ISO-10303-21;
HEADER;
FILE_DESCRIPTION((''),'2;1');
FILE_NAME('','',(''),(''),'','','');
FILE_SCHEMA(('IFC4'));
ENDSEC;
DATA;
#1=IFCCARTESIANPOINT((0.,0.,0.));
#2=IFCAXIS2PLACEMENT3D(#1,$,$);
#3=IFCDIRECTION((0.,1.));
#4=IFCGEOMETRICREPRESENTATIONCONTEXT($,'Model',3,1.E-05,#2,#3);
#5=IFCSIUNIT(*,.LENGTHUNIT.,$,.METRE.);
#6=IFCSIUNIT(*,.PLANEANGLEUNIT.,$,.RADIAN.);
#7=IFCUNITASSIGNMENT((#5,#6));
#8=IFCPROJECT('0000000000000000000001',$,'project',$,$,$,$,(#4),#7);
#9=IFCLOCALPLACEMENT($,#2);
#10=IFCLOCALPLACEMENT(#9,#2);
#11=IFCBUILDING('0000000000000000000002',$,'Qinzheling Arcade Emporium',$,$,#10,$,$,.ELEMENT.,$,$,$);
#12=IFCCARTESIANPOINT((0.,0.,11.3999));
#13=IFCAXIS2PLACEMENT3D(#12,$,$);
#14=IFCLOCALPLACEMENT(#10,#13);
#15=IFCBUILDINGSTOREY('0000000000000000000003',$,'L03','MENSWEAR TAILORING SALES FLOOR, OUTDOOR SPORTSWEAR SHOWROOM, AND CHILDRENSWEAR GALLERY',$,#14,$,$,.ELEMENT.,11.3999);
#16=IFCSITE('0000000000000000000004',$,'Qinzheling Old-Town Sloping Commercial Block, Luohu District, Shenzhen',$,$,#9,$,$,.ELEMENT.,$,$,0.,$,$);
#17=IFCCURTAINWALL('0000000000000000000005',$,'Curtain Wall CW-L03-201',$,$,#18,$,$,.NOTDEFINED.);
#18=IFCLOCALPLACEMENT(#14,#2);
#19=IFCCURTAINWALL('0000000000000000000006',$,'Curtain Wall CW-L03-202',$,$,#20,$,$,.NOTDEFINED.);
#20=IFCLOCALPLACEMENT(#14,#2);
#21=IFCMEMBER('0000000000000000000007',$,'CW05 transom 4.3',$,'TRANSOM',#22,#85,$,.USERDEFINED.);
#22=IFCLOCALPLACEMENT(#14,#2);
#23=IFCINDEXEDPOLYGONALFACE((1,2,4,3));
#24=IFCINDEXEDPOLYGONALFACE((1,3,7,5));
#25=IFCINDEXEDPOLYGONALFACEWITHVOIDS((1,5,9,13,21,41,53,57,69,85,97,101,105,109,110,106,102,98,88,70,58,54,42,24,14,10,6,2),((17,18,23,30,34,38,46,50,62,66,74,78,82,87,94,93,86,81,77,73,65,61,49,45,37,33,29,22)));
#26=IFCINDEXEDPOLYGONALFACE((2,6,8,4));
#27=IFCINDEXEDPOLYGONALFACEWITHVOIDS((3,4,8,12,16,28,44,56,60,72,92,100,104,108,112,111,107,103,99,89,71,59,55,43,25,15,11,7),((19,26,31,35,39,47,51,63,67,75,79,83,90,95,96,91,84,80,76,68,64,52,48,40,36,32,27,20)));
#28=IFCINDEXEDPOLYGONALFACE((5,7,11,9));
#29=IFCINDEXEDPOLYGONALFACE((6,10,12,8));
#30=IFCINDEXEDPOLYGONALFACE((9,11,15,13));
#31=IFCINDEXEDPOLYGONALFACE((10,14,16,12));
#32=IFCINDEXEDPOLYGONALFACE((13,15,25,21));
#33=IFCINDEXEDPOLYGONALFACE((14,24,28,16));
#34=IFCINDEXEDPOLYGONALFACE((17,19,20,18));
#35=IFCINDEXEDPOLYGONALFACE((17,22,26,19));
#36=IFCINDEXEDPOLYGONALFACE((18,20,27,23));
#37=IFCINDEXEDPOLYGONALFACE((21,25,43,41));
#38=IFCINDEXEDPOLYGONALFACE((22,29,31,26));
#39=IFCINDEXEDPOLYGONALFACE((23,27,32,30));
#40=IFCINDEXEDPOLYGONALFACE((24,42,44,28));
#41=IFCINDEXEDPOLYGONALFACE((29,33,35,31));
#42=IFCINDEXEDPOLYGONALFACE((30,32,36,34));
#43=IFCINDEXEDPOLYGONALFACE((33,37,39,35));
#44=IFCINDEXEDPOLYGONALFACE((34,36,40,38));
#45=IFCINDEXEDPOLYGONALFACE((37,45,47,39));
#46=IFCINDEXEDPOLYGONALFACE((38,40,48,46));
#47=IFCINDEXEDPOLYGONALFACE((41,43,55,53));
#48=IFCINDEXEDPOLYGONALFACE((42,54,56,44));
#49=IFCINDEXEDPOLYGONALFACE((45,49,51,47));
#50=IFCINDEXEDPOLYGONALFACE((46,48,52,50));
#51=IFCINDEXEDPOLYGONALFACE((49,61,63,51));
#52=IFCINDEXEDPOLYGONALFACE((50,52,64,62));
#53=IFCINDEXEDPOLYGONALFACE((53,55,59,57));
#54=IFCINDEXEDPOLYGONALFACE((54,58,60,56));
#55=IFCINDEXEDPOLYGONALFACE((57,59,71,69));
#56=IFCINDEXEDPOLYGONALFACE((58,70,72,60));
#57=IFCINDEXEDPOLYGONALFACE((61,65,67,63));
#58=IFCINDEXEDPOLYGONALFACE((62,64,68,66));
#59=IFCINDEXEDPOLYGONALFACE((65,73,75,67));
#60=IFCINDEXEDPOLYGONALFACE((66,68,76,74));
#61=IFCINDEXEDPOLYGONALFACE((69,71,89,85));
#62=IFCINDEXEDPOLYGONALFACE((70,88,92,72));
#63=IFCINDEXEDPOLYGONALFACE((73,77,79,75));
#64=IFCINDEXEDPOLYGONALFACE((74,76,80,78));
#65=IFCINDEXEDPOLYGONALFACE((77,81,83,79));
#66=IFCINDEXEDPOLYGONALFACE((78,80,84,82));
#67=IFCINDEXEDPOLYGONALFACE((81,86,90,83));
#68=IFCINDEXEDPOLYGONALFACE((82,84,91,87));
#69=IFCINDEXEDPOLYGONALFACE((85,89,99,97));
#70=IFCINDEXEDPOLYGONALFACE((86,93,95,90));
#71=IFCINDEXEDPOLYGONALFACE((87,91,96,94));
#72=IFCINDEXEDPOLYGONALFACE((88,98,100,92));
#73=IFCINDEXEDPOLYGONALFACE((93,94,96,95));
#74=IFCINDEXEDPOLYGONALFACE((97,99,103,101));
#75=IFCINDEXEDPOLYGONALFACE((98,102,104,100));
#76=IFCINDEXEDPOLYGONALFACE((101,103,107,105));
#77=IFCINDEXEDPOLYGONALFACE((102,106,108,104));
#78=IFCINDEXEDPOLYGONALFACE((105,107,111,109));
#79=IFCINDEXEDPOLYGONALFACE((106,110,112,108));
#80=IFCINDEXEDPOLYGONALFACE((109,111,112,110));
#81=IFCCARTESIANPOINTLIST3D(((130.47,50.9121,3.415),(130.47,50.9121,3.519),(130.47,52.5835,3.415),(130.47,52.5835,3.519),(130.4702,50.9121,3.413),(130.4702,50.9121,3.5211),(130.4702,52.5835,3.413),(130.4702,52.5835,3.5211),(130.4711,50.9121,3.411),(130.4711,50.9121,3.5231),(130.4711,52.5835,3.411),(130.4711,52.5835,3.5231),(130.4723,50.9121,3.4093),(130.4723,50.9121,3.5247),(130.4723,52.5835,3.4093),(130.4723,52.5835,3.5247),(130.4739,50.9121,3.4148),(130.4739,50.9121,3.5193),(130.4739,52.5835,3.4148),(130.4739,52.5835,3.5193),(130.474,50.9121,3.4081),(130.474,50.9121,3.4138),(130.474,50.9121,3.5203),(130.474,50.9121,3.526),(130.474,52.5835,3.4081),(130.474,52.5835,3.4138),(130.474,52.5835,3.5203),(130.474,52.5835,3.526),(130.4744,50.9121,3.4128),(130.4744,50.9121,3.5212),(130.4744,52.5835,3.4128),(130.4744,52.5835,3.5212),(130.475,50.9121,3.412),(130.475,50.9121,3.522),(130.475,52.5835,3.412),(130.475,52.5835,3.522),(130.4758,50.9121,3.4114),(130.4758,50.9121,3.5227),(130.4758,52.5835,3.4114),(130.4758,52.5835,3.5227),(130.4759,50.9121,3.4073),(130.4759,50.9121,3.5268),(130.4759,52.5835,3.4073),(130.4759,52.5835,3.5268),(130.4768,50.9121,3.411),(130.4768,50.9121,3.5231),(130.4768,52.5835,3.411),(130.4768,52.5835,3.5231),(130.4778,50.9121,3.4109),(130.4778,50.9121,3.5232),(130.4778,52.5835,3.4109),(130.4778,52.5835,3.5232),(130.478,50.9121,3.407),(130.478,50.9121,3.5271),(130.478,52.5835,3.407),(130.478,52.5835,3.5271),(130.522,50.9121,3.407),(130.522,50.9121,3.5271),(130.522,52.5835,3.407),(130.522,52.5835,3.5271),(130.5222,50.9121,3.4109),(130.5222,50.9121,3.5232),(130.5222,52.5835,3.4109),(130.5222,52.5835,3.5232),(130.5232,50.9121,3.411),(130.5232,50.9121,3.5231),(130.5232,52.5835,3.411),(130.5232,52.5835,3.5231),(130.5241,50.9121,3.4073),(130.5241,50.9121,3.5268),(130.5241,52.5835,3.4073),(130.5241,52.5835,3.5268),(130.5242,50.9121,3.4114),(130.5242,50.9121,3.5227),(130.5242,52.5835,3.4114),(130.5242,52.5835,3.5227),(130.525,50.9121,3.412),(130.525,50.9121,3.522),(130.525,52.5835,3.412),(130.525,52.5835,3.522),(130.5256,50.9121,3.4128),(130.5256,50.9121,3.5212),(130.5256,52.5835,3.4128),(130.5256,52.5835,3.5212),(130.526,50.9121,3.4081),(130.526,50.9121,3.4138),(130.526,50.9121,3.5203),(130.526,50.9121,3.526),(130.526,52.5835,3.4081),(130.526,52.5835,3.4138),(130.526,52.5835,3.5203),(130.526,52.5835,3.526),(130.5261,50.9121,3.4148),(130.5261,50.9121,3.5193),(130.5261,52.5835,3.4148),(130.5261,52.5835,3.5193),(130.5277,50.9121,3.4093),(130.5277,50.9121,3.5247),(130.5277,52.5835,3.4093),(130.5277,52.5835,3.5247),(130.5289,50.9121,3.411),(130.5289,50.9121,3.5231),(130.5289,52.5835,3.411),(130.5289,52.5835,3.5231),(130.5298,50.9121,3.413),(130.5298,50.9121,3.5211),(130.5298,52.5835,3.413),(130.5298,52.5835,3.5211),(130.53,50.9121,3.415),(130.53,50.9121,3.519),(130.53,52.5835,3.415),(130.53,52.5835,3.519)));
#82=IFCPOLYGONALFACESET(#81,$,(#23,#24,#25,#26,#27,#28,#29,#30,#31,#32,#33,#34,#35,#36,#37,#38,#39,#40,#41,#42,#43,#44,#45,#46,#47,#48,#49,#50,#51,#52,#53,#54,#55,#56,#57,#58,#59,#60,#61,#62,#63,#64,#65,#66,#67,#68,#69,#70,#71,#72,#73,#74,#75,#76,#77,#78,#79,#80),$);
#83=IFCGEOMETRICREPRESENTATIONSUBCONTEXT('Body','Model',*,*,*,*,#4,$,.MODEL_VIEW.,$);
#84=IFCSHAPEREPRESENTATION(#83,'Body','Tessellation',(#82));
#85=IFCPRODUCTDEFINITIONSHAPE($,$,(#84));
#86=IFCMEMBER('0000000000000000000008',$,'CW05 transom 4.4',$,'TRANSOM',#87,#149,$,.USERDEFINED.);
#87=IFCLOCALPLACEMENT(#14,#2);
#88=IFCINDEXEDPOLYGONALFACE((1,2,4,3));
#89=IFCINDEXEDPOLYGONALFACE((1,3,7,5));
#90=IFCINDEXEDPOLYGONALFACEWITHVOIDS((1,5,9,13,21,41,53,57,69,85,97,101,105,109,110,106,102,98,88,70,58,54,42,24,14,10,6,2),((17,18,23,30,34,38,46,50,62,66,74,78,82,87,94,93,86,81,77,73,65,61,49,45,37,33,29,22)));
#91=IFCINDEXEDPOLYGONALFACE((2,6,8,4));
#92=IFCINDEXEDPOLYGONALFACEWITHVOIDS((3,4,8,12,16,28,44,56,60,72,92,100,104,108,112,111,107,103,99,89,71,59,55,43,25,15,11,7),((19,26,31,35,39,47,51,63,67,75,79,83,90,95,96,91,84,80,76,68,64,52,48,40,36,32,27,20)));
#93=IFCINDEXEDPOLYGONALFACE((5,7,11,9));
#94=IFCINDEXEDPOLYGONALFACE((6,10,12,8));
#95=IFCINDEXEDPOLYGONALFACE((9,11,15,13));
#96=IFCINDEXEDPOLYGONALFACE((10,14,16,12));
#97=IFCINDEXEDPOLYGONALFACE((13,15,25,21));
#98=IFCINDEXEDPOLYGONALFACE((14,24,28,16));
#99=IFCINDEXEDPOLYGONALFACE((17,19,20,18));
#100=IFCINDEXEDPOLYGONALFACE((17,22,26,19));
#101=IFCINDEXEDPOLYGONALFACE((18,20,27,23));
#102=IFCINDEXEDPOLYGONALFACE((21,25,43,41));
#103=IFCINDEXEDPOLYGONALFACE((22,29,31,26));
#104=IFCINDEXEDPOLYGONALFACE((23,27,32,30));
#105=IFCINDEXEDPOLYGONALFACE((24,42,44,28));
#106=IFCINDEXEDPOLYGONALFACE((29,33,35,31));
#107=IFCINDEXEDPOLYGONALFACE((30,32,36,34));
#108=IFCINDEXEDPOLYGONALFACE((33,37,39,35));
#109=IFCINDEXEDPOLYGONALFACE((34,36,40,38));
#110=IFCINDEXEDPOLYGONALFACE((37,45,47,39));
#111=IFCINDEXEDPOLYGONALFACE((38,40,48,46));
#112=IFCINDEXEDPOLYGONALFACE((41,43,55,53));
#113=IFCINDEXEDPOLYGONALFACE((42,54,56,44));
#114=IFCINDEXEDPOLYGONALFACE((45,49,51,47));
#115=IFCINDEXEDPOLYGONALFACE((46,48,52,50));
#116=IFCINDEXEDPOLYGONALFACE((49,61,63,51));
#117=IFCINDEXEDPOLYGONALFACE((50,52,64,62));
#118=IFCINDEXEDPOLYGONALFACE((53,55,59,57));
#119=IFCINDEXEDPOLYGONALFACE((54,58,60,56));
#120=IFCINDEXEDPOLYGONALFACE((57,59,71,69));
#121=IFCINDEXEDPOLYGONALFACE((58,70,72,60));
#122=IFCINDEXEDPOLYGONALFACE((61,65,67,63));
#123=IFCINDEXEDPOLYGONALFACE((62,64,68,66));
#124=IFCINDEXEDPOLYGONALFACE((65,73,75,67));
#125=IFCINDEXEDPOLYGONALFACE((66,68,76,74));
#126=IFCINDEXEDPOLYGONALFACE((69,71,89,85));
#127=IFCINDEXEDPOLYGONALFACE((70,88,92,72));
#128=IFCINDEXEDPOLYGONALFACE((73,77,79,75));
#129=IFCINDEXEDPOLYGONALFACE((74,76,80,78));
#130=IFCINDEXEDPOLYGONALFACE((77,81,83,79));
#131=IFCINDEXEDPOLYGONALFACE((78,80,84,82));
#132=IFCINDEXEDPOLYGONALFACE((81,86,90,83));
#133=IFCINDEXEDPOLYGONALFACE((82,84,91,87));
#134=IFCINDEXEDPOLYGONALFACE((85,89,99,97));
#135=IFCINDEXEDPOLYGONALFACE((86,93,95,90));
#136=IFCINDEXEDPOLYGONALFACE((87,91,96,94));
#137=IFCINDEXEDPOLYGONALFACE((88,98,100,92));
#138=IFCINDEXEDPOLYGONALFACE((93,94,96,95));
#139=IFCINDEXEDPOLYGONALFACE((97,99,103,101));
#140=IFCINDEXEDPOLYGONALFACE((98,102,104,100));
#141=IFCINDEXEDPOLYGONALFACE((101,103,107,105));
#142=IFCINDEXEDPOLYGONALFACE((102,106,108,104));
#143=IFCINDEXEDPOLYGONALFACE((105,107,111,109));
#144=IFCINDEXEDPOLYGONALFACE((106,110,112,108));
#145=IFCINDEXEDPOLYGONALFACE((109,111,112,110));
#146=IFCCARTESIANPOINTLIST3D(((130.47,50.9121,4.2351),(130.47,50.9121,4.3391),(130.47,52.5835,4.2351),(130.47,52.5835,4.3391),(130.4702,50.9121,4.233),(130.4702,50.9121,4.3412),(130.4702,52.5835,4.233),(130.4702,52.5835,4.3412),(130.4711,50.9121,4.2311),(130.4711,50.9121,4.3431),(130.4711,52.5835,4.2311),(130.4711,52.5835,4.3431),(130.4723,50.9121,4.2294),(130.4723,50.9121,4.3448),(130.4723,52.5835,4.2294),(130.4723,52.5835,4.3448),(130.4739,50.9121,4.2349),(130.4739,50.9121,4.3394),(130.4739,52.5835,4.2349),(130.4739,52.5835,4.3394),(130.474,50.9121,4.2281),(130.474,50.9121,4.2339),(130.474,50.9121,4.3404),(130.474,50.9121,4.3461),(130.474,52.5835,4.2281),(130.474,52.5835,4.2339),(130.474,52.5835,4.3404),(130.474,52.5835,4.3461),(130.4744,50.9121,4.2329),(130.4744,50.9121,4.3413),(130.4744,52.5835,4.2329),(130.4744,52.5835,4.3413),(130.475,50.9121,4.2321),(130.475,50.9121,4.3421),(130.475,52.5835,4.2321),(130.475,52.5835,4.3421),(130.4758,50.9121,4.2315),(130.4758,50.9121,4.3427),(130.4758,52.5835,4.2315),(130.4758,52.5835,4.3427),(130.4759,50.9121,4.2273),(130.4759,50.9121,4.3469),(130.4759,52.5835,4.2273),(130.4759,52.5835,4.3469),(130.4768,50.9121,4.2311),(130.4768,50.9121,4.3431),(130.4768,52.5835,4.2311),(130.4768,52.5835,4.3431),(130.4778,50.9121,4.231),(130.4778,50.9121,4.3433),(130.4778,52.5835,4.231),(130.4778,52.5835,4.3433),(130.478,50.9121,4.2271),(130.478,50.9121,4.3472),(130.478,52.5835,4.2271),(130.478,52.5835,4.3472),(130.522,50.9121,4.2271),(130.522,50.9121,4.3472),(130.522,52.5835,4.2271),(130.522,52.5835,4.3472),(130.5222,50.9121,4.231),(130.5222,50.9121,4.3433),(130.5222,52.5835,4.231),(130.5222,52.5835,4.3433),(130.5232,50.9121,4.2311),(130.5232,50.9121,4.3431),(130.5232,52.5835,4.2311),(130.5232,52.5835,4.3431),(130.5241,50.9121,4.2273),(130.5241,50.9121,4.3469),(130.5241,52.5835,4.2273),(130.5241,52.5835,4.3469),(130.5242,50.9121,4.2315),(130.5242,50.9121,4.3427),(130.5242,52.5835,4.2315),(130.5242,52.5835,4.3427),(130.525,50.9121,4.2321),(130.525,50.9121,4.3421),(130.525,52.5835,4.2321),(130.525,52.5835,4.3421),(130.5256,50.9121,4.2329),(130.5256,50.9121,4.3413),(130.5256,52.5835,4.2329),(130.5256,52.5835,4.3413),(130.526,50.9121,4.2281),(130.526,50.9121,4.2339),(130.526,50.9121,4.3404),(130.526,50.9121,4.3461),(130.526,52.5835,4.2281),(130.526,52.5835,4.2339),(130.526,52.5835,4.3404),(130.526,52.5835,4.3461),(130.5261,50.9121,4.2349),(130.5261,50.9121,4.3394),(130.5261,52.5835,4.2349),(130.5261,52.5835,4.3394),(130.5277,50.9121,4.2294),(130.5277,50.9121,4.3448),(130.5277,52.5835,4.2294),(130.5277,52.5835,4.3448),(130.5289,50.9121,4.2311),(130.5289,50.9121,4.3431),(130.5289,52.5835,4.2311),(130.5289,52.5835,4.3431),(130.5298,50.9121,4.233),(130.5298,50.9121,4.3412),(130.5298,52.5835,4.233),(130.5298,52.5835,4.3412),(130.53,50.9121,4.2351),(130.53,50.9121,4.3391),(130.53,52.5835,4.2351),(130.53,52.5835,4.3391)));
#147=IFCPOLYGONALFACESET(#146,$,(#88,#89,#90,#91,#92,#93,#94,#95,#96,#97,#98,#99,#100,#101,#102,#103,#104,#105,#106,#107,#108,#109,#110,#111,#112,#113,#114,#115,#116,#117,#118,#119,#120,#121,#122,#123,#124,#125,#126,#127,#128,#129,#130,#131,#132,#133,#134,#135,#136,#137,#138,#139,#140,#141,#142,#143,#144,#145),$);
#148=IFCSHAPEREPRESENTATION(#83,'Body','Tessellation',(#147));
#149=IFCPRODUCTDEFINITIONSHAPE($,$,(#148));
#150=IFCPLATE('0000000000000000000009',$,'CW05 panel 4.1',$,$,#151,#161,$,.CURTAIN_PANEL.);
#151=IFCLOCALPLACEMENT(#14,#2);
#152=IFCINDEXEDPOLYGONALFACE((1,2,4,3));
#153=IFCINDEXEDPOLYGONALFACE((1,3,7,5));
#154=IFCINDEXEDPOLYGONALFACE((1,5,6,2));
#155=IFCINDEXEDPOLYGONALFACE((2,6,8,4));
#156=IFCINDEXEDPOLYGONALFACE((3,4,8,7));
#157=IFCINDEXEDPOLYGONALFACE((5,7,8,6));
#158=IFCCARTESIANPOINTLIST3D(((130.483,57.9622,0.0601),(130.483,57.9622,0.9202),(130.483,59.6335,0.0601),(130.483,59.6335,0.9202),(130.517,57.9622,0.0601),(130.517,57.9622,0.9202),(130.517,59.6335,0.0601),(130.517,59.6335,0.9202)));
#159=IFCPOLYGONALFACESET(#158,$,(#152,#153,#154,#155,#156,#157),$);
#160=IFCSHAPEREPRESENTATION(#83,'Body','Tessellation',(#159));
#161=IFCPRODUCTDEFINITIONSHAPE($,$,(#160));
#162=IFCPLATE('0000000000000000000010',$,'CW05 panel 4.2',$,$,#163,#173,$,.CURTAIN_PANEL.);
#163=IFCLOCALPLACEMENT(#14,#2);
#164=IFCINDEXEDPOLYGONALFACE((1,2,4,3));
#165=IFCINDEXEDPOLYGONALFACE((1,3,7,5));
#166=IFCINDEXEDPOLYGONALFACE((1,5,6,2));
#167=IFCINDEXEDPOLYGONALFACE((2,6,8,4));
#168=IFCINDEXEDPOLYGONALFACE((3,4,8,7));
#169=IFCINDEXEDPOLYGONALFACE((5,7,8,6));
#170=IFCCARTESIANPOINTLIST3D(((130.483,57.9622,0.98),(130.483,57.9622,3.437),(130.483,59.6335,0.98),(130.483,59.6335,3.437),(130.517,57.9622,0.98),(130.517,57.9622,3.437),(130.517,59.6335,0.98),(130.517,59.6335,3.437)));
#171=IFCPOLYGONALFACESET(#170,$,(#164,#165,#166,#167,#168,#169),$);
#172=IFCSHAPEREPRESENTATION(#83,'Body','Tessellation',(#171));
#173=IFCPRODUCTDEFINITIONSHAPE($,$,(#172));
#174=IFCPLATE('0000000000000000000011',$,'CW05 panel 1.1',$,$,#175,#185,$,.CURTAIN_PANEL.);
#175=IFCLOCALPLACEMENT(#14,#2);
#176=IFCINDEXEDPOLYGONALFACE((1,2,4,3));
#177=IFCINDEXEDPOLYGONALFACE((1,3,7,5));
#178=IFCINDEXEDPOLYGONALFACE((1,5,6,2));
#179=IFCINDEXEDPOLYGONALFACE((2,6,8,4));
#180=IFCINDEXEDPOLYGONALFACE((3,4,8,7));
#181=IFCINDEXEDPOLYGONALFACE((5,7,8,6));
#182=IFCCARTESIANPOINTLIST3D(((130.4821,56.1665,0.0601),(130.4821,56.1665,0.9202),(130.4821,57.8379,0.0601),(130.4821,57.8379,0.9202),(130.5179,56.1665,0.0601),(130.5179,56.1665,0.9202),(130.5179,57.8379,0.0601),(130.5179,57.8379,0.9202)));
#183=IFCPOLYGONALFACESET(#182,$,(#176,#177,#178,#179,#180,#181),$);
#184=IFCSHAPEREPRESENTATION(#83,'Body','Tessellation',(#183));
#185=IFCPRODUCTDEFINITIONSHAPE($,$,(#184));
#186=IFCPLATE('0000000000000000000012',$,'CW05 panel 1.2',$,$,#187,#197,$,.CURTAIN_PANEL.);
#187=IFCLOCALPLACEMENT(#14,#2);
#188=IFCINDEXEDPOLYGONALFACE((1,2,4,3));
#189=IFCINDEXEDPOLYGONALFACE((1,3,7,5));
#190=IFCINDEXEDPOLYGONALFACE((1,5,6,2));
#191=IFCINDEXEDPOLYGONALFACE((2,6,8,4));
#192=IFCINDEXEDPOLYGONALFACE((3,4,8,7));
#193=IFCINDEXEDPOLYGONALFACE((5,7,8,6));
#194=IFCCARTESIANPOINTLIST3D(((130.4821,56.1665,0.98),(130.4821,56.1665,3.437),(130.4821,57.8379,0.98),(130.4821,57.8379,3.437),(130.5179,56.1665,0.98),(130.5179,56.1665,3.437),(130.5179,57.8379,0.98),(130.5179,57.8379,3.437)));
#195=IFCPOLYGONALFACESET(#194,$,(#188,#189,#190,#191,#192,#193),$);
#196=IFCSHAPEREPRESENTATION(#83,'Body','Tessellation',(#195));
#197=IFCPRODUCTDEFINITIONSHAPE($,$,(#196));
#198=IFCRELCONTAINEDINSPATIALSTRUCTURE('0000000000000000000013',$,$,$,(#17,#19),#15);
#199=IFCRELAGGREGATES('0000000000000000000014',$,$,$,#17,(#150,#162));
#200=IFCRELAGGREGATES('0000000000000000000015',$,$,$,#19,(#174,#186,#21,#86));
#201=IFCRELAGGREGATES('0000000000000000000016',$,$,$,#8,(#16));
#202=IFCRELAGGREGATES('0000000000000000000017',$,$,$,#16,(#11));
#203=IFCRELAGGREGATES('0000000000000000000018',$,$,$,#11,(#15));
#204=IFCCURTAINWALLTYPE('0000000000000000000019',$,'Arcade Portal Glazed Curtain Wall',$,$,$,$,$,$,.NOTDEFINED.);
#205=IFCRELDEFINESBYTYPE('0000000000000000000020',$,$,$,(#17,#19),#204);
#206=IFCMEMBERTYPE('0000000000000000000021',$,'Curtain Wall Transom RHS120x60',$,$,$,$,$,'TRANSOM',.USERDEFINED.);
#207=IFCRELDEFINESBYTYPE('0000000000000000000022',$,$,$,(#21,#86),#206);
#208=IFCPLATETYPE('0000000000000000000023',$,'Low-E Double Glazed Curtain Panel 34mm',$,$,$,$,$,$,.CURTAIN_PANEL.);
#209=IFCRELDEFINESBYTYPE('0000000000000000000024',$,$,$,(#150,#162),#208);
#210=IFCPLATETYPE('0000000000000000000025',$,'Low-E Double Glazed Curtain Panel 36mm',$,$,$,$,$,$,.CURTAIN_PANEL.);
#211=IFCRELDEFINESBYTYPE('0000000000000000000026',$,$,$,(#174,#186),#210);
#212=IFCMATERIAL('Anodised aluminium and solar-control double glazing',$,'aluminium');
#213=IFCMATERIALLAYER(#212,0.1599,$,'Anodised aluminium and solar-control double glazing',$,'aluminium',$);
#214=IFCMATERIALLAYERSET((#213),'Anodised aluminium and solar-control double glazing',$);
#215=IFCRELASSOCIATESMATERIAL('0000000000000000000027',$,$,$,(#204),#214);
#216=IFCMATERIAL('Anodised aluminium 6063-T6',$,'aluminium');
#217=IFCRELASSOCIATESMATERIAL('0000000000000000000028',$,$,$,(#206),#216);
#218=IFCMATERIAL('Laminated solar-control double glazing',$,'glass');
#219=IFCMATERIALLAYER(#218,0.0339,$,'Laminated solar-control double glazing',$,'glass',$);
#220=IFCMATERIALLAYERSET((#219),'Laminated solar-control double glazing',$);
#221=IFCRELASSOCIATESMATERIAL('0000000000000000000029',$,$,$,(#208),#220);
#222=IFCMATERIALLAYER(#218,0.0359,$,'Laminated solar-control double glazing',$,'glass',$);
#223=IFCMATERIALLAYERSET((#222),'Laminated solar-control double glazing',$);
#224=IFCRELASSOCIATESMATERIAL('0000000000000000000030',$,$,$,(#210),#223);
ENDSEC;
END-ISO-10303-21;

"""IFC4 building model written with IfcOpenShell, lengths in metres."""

from ifc_helpers import new_model, si_unit, direction, frame, origin, origin_2d, place, context, subcontext, project, spatial, rectangle, hollow_rectangle, extrude, material, layer, layer_set, material_profile, profile_set, type_object, element, aggregate, save


model = new_model("IFC4")

# Units and contexts
model_context = context("Model", 3, precision=1e-05, world=origin(), true_north=direction((0.0, 1.0)))
body_context = subcontext(model_context, "Body", "Model", "MODEL_VIEW")
ifc_project = project(units=[si_unit("LENGTHUNIT", "METRE"), si_unit("PLANEANGLEUNIT", "RADIAN")], contexts=[model_context])

# Site, building, storey
site_placement = place(None, origin())
site = spatial("IfcSite", under=ifc_project, at=site_placement, Name="Qinzheling Old-Town Sloping Commercial Block, Luohu District, Shenzhen", CompositionType="ELEMENT", RefElevation=0.0)
building_placement = place(site_placement, origin())
building = spatial("IfcBuilding", under=site, at=building_placement, Name="Qinzheling Arcade Emporium", CompositionType="ELEMENT")
storey_placement = place(building_placement, frame((0.0, 0.0, 11.3999)))
storey = spatial("IfcBuildingStorey", under=building, at=storey_placement, Name="L03", Description="MENSWEAR TAILORING SALES FLOOR, OUTDOOR SPORTSWEAR SHOWROOM, AND CHILDRENSWEAR GALLERY", CompositionType="ELEMENT", Elevation=11.3999)

# Curtain wall
ifc_material_1 = material(Name="Anodised aluminium and solar-control double glazing", Category="aluminium")
ifc_layer_1 = layer(ifc_material_1, 0.1599, Name="Anodised aluminium and solar-control double glazing", Category="aluminium")
ifc_layer_set_1 = layer_set([ifc_layer_1], Name="Anodised aluminium and solar-control double glazing")
curtain_wall_type = type_object("IfcCurtainWallType", Name="Arcade Portal Glazed Curtain Wall", PredefinedType="NOTDEFINED", material=ifc_layer_set_1)
curtain_wall_1_placement = place(storey_placement, origin())
curtain_wall_1 = element("IfcCurtainWall", 1, at=curtain_wall_1_placement, inside=storey, type_object=curtain_wall_type, Name="Curtain Wall CW-L03-201", PredefinedType="NOTDEFINED")
ifc_material_2 = material(Name="Anodised aluminium 6063-T6", Category="aluminium")

# Curtain wall
curtain_wall_2_placement = place(storey_placement, origin())
curtain_wall_2 = element("IfcCurtainWall", 2, at=curtain_wall_2_placement, inside=storey, type_object=curtain_wall_type, Name="Curtain Wall CW-L03-202", PredefinedType="NOTDEFINED")

# Members
ifc_material_profile_1 = material_profile(ifc_material_2, hollow_rectangle(XDim=0.0601, YDim=0.1201, WallThickness=0.0039, InnerFilletRadius=0.0039, OuterFilletRadius=0.0081, at=origin_2d()), Name="RHS 120x60x4", Category="aluminium")
ifc_profile_set_1 = profile_set([ifc_material_profile_1], Name="Anodised aluminium 6063-T6")
member_type_1 = type_object("IfcMemberType", Name="Curtain Wall Transom RHS120x60", ElementType="TRANSOM", PredefinedType="USERDEFINED", material=ifc_profile_set_1)
member_1_placement = place(storey_placement, frame((130.5, 52.5835, 3.467), z_axis=(0.0, -1.0, 0.0), x_axis=(1.0, 0.0, 0.0)))
member_1 = element("IfcMember", 3, at=member_1_placement, type_object=member_type_1, Name="CW05 transom 4.3", ObjectType="TRANSOM", PredefinedType="USERDEFINED", context=body_context, shape_type="SweptSolid", body=[
    extrude(hollow_rectangle(XDim=0.0601, YDim=0.1201, WallThickness=0.0039, InnerFilletRadius=0.0039, OuterFilletRadius=0.0081, at=origin_2d()), origin(), (0.0, 0.0, 1.0), 1.6714),
])
member_2_placement = place(storey_placement, frame((130.5, 52.5835, 4.2871), z_axis=(0.0, -1.0, 0.0), x_axis=(1.0, 0.0, 0.0)))
member_2 = element("IfcMember", 4, at=member_2_placement, type_object=member_type_1, Name="CW05 transom 4.4", ObjectType="TRANSOM", PredefinedType="USERDEFINED", context=body_context, shape_type="SweptSolid", body=[
    extrude(hollow_rectangle(XDim=0.0601, YDim=0.1201, WallThickness=0.0039, InnerFilletRadius=0.0039, OuterFilletRadius=0.0081, at=origin_2d()), origin(), (0.0, 0.0, 1.0), 1.6714),
])

# Plates
ifc_material_3 = material(Name="Laminated solar-control double glazing", Category="glass")
ifc_layer_2 = layer(ifc_material_3, 0.0339, Name="Laminated solar-control double glazing", Category="glass")
ifc_layer_set_2 = layer_set([ifc_layer_2], Name="Laminated solar-control double glazing")
plate_type_1 = type_object("IfcPlateType", Name="Low-E Double Glazed Curtain Panel 34mm", PredefinedType="CURTAIN_PANEL", material=ifc_layer_set_2)
plate_1_placement = place(storey_placement, frame((130.5, 58.7979, 0.0601), z_axis=(0.0, 0.0, 1.0), x_axis=(0.0, -1.0, 0.0)))
plate_1 = element("IfcPlate", 5, at=plate_1_placement, type_object=plate_type_1, Name="CW05 panel 4.1", PredefinedType="CURTAIN_PANEL", context=body_context, shape_type="SweptSolid", body=[
    extrude(rectangle(XDim=1.6714, YDim=0.0339, at=origin_2d()), origin(), (0.0, 0.0, 1.0), 0.8601),
])
plate_2_placement = place(storey_placement, frame((130.5, 58.7979, 0.98), z_axis=(0.0, 0.0, 1.0), x_axis=(0.0, -1.0, 0.0)))
plate_2 = element("IfcPlate", 6, at=plate_2_placement, type_object=plate_type_1, Name="CW05 panel 4.2", PredefinedType="CURTAIN_PANEL", context=body_context, shape_type="SweptSolid", body=[
    extrude(rectangle(XDim=1.6714, YDim=0.0339, at=origin_2d()), origin(), (0.0, 0.0, 1.0), 2.457),
])
aggregate(curtain_wall_1, [plate_1, plate_2])
ifc_layer_3 = layer(ifc_material_3, 0.0359, Name="Laminated solar-control double glazing", Category="glass")
ifc_layer_set_3 = layer_set([ifc_layer_3], Name="Laminated solar-control double glazing")
plate_type_2 = type_object("IfcPlateType", Name="Low-E Double Glazed Curtain Panel 36mm", PredefinedType="CURTAIN_PANEL", material=ifc_layer_set_3)
plate_3_placement = place(storey_placement, frame((130.5, 57.0022, 0.0601), z_axis=(0.0, 0.0, 1.0), x_axis=(0.0, -1.0, 0.0)))
plate_3 = element("IfcPlate", 7, at=plate_3_placement, type_object=plate_type_2, Name="CW05 panel 1.1", PredefinedType="CURTAIN_PANEL", context=body_context, shape_type="SweptSolid", body=[
    extrude(rectangle(XDim=1.6714, YDim=0.0359, at=origin_2d()), origin(), (0.0, 0.0, 1.0), 0.8601),
])
plate_4_placement = place(storey_placement, frame((130.5, 57.0022, 0.98), z_axis=(0.0, 0.0, 1.0), x_axis=(0.0, -1.0, 0.0)))
plate_4 = element("IfcPlate", 8, at=plate_4_placement, type_object=plate_type_2, Name="CW05 panel 1.2", PredefinedType="CURTAIN_PANEL", context=body_context, shape_type="SweptSolid", body=[
    extrude(rectangle(XDim=1.6714, YDim=0.0359, at=origin_2d()), origin(), (0.0, 0.0, 1.0), 2.457),
])
aggregate(curtain_wall_2, [plate_3, plate_4, member_1, member_2])

save(model, "model.ifc")
